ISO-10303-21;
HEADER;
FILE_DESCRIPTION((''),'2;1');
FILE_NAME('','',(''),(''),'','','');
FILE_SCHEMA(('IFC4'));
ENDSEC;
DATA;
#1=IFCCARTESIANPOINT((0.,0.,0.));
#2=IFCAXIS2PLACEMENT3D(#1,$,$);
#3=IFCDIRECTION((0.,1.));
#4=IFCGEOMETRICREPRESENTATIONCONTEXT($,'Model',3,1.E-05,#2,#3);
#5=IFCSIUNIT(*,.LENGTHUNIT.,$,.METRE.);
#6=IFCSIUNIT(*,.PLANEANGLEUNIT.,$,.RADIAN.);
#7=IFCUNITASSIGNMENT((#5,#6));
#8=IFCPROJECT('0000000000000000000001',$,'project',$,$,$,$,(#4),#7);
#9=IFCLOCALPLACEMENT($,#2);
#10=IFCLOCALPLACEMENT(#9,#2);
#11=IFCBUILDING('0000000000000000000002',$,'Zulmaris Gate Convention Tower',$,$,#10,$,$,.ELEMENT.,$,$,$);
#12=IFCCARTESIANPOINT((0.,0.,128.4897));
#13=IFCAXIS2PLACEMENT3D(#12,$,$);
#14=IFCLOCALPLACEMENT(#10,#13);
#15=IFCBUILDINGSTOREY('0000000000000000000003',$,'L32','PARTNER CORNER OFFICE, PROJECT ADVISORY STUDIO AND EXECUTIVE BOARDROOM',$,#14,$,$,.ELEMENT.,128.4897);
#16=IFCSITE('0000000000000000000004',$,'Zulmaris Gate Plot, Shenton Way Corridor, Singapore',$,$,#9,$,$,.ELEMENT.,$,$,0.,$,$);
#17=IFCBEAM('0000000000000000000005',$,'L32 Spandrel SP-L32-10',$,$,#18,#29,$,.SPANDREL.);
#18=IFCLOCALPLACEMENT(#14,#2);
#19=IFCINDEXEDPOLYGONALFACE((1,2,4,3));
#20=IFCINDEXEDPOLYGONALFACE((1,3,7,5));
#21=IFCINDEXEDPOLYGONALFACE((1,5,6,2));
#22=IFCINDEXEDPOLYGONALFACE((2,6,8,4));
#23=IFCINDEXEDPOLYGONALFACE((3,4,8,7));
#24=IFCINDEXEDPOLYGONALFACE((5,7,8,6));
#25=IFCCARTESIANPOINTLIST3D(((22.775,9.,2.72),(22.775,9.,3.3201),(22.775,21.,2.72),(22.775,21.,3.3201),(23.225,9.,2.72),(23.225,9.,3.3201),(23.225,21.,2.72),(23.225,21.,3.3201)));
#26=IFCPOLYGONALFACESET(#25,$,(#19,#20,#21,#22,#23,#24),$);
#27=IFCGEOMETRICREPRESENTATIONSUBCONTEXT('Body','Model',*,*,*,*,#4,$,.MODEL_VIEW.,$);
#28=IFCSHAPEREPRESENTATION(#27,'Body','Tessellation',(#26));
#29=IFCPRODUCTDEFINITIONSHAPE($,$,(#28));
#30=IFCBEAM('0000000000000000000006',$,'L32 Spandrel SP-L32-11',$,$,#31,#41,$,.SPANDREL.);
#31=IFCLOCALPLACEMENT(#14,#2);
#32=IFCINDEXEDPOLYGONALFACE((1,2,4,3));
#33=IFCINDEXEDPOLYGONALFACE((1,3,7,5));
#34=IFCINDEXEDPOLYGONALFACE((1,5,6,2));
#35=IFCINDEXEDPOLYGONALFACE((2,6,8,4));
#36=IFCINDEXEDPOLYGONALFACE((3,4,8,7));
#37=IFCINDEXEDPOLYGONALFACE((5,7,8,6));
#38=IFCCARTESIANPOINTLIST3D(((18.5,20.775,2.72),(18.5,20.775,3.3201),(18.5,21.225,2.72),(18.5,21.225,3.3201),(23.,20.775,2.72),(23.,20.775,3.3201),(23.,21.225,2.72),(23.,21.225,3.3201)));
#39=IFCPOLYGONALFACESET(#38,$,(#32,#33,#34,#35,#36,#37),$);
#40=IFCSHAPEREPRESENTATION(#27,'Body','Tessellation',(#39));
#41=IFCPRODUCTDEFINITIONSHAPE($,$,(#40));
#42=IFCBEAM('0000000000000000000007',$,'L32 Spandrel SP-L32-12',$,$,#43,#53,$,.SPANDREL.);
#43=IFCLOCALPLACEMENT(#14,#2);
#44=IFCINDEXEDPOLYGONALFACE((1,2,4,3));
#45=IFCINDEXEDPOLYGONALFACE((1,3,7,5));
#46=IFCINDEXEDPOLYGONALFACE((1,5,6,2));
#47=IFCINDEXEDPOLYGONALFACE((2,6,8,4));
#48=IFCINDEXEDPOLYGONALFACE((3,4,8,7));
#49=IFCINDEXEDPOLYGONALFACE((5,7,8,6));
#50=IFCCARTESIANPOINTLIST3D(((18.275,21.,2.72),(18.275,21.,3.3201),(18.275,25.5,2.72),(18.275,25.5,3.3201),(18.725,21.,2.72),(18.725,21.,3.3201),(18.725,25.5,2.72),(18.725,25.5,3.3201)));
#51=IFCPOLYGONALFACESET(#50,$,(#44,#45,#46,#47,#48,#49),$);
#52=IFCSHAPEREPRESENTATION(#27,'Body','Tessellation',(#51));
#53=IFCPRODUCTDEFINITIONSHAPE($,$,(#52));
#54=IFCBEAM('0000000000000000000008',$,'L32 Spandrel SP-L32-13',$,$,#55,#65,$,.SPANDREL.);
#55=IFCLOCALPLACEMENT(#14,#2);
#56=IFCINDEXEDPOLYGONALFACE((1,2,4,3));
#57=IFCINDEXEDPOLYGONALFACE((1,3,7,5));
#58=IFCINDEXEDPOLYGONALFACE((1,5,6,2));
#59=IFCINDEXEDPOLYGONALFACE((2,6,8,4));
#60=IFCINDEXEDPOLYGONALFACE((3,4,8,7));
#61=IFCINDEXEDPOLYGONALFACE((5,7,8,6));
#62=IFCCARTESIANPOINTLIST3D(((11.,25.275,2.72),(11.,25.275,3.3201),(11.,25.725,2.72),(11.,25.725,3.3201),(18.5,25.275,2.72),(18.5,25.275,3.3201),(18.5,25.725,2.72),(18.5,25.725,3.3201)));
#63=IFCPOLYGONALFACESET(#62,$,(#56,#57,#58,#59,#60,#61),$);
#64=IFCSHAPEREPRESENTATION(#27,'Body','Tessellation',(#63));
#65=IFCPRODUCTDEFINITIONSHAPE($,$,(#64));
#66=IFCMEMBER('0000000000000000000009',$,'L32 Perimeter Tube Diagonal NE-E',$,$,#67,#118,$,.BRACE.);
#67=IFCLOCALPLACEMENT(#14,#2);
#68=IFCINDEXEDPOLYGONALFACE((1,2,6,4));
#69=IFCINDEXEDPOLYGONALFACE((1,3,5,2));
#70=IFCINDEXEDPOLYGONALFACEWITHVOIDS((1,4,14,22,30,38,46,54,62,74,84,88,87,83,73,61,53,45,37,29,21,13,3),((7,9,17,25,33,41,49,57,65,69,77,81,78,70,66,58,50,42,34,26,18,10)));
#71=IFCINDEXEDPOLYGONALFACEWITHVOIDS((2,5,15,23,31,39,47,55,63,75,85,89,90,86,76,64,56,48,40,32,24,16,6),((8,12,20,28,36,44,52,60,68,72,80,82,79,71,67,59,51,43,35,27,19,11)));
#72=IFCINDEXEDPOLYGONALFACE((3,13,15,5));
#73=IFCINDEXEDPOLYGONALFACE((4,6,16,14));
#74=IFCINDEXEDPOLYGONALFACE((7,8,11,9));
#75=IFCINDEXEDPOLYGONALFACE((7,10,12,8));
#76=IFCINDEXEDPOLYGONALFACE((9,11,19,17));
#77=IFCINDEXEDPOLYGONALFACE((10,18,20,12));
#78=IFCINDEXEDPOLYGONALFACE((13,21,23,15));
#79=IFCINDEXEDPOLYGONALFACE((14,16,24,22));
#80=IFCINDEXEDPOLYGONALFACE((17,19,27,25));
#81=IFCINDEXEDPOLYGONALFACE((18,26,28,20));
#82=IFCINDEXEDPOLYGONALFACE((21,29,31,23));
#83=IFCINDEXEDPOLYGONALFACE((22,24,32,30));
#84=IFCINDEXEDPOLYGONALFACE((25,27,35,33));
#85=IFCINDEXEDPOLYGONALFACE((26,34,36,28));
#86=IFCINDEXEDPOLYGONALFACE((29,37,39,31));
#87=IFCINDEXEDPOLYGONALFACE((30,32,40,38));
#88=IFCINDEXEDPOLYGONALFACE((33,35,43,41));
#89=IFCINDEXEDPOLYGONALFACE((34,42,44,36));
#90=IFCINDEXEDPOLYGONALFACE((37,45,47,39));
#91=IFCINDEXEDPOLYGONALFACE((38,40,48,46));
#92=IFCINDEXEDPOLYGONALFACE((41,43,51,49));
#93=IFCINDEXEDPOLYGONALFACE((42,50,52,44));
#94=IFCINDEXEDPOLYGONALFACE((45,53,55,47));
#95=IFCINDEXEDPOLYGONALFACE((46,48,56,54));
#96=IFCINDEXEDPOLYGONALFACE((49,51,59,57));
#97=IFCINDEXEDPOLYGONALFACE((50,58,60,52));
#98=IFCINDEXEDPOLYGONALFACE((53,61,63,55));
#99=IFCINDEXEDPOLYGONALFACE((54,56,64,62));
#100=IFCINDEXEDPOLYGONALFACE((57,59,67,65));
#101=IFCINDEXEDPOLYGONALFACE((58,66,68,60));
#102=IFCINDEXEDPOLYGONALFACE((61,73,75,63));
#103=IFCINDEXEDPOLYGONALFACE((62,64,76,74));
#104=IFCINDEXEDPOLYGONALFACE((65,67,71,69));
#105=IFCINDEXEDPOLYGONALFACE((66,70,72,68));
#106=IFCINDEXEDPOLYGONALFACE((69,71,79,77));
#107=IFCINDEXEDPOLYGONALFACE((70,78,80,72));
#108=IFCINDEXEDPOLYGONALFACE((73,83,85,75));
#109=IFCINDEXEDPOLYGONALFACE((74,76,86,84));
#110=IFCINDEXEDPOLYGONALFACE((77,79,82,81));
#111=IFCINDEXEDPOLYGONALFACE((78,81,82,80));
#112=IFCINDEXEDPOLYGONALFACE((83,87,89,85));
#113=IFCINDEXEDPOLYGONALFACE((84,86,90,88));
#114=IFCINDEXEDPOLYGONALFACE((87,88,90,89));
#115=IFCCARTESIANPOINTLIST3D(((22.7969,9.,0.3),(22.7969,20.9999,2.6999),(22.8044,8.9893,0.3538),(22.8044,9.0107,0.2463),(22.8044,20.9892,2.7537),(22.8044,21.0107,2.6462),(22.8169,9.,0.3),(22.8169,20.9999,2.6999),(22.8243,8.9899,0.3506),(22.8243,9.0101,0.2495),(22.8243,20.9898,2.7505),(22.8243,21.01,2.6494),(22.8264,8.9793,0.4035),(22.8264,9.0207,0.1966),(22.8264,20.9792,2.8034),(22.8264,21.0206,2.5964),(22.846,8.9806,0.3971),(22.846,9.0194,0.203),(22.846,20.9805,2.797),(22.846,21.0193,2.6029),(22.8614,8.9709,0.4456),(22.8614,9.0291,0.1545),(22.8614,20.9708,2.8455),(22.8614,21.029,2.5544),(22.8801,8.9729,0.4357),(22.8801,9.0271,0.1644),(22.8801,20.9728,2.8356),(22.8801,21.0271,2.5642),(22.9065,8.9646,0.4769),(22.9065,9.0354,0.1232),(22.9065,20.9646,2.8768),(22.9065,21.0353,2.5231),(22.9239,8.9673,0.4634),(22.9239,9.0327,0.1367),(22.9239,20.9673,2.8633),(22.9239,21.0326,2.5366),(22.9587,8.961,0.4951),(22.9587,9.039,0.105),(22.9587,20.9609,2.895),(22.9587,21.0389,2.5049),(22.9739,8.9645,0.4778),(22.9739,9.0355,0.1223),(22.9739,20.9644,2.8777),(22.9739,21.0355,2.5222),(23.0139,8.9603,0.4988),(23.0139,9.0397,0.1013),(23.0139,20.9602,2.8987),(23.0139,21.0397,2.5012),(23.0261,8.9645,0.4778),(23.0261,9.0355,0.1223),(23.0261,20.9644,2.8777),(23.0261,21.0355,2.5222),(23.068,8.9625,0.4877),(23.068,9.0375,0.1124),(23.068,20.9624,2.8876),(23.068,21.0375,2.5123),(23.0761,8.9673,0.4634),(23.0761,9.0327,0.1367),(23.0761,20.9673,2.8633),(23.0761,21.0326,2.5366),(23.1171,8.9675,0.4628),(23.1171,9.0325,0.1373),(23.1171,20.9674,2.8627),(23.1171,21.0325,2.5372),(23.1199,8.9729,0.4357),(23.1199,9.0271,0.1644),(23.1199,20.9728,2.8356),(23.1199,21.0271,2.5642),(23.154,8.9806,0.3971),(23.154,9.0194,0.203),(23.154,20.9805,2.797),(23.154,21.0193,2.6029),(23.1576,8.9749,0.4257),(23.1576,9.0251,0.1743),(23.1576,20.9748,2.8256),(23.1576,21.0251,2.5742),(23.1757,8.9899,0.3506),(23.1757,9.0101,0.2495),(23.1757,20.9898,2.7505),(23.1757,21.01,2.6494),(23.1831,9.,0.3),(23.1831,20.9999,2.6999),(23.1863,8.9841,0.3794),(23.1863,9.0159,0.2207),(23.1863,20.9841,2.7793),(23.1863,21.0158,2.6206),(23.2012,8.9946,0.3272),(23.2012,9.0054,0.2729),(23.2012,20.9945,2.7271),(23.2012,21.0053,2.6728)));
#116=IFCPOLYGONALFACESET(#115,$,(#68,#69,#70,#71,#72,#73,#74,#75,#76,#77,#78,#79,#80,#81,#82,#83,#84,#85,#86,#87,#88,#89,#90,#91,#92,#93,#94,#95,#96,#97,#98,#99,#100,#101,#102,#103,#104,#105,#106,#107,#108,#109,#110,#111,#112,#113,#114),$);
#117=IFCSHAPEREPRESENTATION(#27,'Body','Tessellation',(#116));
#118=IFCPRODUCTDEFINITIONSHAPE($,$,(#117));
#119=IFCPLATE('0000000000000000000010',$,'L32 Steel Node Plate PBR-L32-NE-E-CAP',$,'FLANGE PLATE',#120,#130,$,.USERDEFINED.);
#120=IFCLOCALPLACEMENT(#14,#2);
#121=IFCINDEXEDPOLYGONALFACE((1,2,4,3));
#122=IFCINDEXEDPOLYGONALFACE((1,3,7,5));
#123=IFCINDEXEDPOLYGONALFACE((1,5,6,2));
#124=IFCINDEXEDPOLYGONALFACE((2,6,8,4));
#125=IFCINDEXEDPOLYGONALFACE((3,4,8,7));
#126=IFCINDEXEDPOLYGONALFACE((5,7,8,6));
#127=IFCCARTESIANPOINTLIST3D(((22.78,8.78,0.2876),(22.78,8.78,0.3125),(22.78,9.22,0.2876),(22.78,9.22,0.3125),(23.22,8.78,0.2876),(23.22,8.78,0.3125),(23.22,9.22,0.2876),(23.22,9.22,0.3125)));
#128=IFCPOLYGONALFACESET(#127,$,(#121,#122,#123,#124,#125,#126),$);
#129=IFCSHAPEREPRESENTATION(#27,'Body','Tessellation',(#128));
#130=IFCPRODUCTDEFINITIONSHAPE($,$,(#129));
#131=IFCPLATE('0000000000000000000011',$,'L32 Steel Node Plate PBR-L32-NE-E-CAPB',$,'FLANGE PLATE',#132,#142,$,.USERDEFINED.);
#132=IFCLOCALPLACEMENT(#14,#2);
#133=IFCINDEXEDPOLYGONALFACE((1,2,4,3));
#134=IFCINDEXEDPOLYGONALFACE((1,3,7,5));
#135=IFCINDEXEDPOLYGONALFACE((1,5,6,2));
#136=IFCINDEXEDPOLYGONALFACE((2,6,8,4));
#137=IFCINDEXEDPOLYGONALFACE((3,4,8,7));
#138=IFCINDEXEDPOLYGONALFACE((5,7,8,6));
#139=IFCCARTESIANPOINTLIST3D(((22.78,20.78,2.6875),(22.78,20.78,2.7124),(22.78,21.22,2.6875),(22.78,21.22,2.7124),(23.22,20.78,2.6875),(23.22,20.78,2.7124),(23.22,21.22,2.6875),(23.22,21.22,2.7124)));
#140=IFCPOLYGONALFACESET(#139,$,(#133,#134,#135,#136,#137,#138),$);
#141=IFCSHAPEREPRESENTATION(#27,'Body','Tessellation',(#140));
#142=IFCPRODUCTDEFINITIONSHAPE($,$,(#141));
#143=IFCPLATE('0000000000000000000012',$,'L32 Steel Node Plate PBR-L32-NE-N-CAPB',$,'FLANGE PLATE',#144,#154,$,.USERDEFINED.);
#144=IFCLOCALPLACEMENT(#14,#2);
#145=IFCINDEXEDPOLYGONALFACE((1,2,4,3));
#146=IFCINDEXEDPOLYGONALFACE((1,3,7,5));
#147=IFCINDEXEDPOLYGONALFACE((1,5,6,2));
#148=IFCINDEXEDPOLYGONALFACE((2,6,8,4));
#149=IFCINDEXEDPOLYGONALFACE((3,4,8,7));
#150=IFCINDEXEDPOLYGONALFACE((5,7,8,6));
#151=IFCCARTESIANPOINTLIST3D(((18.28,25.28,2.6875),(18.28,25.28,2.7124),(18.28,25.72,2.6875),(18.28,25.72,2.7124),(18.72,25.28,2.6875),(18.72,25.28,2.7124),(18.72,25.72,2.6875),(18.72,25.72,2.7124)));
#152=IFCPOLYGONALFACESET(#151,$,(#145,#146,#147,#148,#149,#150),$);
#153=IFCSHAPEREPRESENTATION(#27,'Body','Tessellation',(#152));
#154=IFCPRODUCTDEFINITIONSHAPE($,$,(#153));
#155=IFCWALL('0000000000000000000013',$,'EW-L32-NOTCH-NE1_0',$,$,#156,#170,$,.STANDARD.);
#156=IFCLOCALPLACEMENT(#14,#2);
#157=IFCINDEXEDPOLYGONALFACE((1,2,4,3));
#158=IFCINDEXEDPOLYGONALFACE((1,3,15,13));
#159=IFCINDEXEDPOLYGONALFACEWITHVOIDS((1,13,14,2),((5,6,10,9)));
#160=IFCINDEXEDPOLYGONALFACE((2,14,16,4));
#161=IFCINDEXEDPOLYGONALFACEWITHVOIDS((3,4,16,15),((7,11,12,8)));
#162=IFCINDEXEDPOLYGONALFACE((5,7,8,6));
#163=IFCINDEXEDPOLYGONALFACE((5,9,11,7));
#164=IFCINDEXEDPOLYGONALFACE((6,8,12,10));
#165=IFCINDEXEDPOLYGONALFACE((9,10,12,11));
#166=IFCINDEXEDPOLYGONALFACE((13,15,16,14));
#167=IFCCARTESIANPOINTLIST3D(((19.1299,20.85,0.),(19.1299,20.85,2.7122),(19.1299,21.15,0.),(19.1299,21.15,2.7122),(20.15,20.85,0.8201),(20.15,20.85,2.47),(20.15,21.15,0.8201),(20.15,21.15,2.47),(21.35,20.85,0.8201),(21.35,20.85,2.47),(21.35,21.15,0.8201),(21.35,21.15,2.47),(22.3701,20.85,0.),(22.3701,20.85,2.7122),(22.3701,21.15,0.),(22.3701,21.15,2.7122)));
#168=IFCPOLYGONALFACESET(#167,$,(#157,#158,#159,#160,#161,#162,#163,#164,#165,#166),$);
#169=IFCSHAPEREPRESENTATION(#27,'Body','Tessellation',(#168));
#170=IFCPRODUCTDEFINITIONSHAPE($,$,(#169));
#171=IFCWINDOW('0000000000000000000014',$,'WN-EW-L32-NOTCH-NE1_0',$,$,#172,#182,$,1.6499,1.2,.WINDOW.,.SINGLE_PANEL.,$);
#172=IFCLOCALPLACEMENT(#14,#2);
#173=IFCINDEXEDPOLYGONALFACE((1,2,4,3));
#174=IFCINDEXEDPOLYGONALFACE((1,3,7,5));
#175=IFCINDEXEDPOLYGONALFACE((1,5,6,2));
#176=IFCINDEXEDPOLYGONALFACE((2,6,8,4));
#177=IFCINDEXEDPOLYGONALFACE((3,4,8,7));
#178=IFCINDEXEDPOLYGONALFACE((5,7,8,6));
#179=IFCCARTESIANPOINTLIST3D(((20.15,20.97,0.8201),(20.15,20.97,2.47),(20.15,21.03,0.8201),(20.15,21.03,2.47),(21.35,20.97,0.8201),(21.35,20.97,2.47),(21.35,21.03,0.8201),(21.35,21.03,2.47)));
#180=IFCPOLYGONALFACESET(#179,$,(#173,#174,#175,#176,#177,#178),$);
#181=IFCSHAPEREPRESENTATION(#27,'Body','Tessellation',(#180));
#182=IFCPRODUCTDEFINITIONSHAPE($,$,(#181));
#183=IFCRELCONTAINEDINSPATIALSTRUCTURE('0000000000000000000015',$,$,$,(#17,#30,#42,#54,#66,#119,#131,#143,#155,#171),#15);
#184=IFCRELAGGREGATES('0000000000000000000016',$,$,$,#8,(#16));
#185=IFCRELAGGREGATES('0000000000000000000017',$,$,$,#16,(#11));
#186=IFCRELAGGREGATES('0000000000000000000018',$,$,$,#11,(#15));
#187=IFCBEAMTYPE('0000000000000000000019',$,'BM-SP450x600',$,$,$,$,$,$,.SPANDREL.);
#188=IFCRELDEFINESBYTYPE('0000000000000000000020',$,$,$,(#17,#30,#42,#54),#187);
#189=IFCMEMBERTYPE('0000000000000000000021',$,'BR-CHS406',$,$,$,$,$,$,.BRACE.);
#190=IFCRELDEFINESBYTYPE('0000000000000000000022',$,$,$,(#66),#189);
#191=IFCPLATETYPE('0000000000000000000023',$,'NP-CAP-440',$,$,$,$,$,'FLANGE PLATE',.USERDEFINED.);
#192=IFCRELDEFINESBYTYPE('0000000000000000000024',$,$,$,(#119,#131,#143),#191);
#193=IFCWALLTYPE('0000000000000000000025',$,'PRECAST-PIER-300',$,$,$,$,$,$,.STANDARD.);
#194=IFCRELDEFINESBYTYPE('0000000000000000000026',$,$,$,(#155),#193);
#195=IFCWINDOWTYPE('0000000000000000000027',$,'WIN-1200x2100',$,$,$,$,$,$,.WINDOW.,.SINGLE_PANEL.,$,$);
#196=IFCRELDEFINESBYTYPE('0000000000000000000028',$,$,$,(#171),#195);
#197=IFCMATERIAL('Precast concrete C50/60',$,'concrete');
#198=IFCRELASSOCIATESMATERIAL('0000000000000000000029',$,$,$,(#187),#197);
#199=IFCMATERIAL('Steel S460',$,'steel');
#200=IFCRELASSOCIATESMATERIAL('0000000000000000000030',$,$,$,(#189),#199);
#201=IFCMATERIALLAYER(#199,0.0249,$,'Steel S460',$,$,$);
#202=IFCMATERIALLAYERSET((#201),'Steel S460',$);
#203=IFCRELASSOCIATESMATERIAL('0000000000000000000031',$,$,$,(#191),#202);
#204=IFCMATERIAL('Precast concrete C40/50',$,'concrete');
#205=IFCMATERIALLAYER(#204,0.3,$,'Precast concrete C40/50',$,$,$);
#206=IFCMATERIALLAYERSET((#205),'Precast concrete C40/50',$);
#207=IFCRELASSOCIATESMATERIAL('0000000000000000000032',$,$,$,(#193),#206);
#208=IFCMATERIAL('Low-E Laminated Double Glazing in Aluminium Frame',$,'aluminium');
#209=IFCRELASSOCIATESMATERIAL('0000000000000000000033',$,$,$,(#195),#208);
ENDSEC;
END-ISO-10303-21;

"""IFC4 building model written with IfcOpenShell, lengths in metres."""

from ifc_helpers import new_model, si_unit, direction, frame, frame_2d, origin, origin_2d, place, context, subcontext, project, spatial, rectangle, hollow_circle, extrude, material, layer, layer_set, material_profile, profile_set, type_object, element, fill, save


model = new_model("IFC4")

# Units and contexts
model_context = context("Model", 3, precision=1e-05, world=origin(), true_north=direction((0.0, 1.0)))
body_context = subcontext(model_context, "Body", "Model", "MODEL_VIEW")
ifc_project = project(units=[si_unit("LENGTHUNIT", "METRE"), si_unit("PLANEANGLEUNIT", "RADIAN")], contexts=[model_context])

# Site, building, storey
site_placement = place(None, origin())
site = spatial("IfcSite", under=ifc_project, at=site_placement, Name="Zulmaris Gate Plot, Shenton Way Corridor, Singapore", CompositionType="ELEMENT", RefElevation=0.0)
building_placement = place(site_placement, origin())
building = spatial("IfcBuilding", under=site, at=building_placement, Name="Zulmaris Gate Convention Tower", CompositionType="ELEMENT")
storey_placement = place(building_placement, frame((0.0, 0.0, 128.4897)))
storey = spatial("IfcBuildingStorey", under=building, at=storey_placement, Name="L32", Description="PARTNER CORNER OFFICE, PROJECT ADVISORY STUDIO AND EXECUTIVE BOARDROOM", CompositionType="ELEMENT", Elevation=128.4897)

# Beams
ifc_material_1 = material(Name="Precast concrete C50/60", Category="concrete")
ifc_material_profile_1 = material_profile(ifc_material_1, rectangle(XDim=0.45, YDim=0.6001, at=origin_2d()), Name="RC SPANDREL 450x600")
ifc_profile_set_1 = profile_set([ifc_material_profile_1], Name="Precast concrete C50/60")
beam_type_1 = type_object("IfcBeamType", Name="BM-SP450x600", PredefinedType="SPANDREL", material=ifc_profile_set_1)
beam_1_placement = place(storey_placement, frame((23.0, 9.0, 3.02), z_axis=(0.0, 1.0, 0.0), x_axis=(-1.0, 0.0, 0.0)))
element("IfcBeam", 1, at=beam_1_placement, inside=storey, type_object=beam_type_1, Name="L32 Spandrel SP-L32-10", PredefinedType="SPANDREL", context=body_context, shape_type="SweptSolid", body=[
    extrude(rectangle(XDim=0.45, YDim=0.6001, at=origin_2d()), origin(), (0.0, 0.0, 1.0), 12.0),
])
for number, where, z_axis, x_axis, name in (
    (2, (23.0, 21.0, 3.02), (-1.0, 0.0, 0.0), (0.0, -1.0, 0.0), "L32 Spandrel SP-L32-11"),
    (3, (18.5, 21.0, 3.02), (0.0, 1.0, 0.0), (-1.0, 0.0, 0.0), "L32 Spandrel SP-L32-12"),
):
    element("IfcBeam", number, at=place(storey_placement, frame(where, z_axis=z_axis, x_axis=x_axis)), inside=storey, type_object=beam_type_1, Name=name, PredefinedType="SPANDREL", context=body_context, shape_type="SweptSolid", body=[
        extrude(rectangle(XDim=0.45, YDim=0.6001, at=origin_2d()), origin(), (0.0, 0.0, 1.0), 4.5),
    ])
beam_2_placement = place(storey_placement, frame((18.5, 25.5, 3.02), z_axis=(-1.0, 0.0, 0.0), x_axis=(0.0, -1.0, 0.0)))
element("IfcBeam", 4, at=beam_2_placement, inside=storey, type_object=beam_type_1, Name="L32 Spandrel SP-L32-13", PredefinedType="SPANDREL", context=body_context, shape_type="SweptSolid", body=[
    extrude(rectangle(XDim=0.45, YDim=0.6001, at=origin_2d()), origin(), (0.0, 0.0, 1.0), 7.5),
])

# Member
ifc_material_2 = material(Name="Steel S460", Category="steel")
ifc_material_profile_2 = material_profile(ifc_material_2, hollow_circle(Radius=0.2031, WallThickness=0.02, at=origin_2d()), Name="CHS 406.4x20")
ifc_profile_set_2 = profile_set([ifc_material_profile_2], Name="Steel S460")
member_type = type_object("IfcMemberType", Name="BR-CHS406", PredefinedType="BRACE", material=ifc_profile_set_2)
member_placement = place(storey_placement, frame((23.0, 9.0, 0.3), z_axis=(0.0, 0.980582, 0.196108), x_axis=(-1.0, 0.0, 0.0)))
element("IfcMember", 5, at=member_placement, inside=storey, type_object=member_type, Name="L32 Perimeter Tube Diagonal NE-E", PredefinedType="BRACE", context=body_context, shape_type="SweptSolid", body=[
    extrude(hollow_circle(Radius=0.2031, WallThickness=0.02, at=origin_2d()), origin(), (0.0, 0.0, 1.0), 12.2375),
])

# Plates
ifc_layer_1 = layer(ifc_material_2, 0.0249, Name="Steel S460")
ifc_layer_set_1 = layer_set([ifc_layer_1], Name="Steel S460")
plate_type = type_object("IfcPlateType", Name="NP-CAP-440", ElementType="FLANGE PLATE", PredefinedType="USERDEFINED", material=ifc_layer_set_1)
for number, where, z_axis, x_axis, name in (
    (6, (23.0, 9.0, 0.2876), (0.0, 0.0, 1.0), (1.0, 0.0, 0.0), "L32 Steel Node Plate PBR-L32-NE-E-CAP"),
    (7, (23.0, 21.0, 2.6875), (0.0, 0.0, 1.0), (1.0, 0.0, 0.0), "L32 Steel Node Plate PBR-L32-NE-E-CAPB"),
    (8, (18.5, 25.5, 2.6875), (0.0, 0.0, 1.0), (1.0, 0.0, 0.0), "L32 Steel Node Plate PBR-L32-NE-N-CAPB"),
):
    element("IfcPlate", number, at=place(storey_placement, frame(where, z_axis=z_axis, x_axis=x_axis)), inside=storey, type_object=plate_type, Name=name, ObjectType="FLANGE PLATE", PredefinedType="USERDEFINED", context=body_context, shape_type="SweptSolid", body=[
        extrude(rectangle(XDim=0.4399, YDim=0.4399, at=origin_2d()), origin(), (0.0, 0.0, 1.0), 0.0249),
    ])

# Wall, opening, window
ifc_material_3 = material(Name="Precast concrete C40/50", Category="concrete")
ifc_layer_2 = layer(ifc_material_3, 0.3, Name="Precast concrete C40/50")
ifc_layer_set_2 = layer_set([ifc_layer_2], Name="Precast concrete C40/50")
wall_type_1 = type_object("IfcWallType", Name="PRECAST-PIER-300", PredefinedType="STANDARD", material=ifc_layer_set_2)
wall_1_placement = place(storey_placement, frame((22.3701, 21.0, 0.0), z_axis=(0.0, 0.0, 1.0), x_axis=(-1.0, 0.0, 0.0)))
wall_1 = element("IfcWall", 9, at=wall_1_placement, inside=storey, type_object=wall_type_1, Name="EW-L32-NOTCH-NE1_0", PredefinedType="STANDARD", context=body_context, shape_type="SweptSolid", body=[
    extrude(rectangle(XDim=3.2402, YDim=0.3, at=frame_2d((1.6201, 0.0))), origin(), (0.0, 0.0, 1.0), 2.7122),
])
opening_1_placement = place(wall_1_placement, frame((1.02, 0.0, 0.8201)))
opening_1 = element("IfcOpeningElement", 10, at=opening_1_placement, cuts=wall_1, PredefinedType="OPENING", context=body_context, shape_type="SweptSolid", body=[
    extrude(rectangle(XDim=1.2, YDim=1.6499, at=frame_2d((0.6001, 0.825))), frame((0.0, 0.1602, 0.0), z_axis=(0.0, -1.0, 0.0), x_axis=(1.0, 0.0, 0.0)), (0.0, 0.0, 1.0), 0.3201),
])
ifc_material_4 = material(Name="Low-E Laminated Double Glazing in Aluminium Frame", Category="aluminium")
window_type = type_object("IfcWindowType", Name="WIN-1200x2100", PartitioningType="SINGLE_PANEL", PredefinedType="WINDOW", material=ifc_material_4)
window_1_placement = place(opening_1_placement, origin())
window_1 = element("IfcWindow", 11, at=window_1_placement, inside=storey, type_object=window_type, Name="WN-EW-L32-NOTCH-NE1_0", OverallHeight=1.6499, OverallWidth=1.2, PartitioningType="SINGLE_PANEL", PredefinedType="WINDOW", context=body_context, shape_type="SweptSolid", body=[
    extrude(rectangle(XDim=1.2, YDim=1.6499, at=frame_2d((0.6001, 0.825))), frame((0.0, 0.03, 0.0), z_axis=(0.0, -1.0, 0.0), x_axis=(1.0, 0.0, 0.0)), (0.0, 0.0, 1.0), 0.0601),
])
fill(opening_1, window_1)

save(model, "model.ifc")
